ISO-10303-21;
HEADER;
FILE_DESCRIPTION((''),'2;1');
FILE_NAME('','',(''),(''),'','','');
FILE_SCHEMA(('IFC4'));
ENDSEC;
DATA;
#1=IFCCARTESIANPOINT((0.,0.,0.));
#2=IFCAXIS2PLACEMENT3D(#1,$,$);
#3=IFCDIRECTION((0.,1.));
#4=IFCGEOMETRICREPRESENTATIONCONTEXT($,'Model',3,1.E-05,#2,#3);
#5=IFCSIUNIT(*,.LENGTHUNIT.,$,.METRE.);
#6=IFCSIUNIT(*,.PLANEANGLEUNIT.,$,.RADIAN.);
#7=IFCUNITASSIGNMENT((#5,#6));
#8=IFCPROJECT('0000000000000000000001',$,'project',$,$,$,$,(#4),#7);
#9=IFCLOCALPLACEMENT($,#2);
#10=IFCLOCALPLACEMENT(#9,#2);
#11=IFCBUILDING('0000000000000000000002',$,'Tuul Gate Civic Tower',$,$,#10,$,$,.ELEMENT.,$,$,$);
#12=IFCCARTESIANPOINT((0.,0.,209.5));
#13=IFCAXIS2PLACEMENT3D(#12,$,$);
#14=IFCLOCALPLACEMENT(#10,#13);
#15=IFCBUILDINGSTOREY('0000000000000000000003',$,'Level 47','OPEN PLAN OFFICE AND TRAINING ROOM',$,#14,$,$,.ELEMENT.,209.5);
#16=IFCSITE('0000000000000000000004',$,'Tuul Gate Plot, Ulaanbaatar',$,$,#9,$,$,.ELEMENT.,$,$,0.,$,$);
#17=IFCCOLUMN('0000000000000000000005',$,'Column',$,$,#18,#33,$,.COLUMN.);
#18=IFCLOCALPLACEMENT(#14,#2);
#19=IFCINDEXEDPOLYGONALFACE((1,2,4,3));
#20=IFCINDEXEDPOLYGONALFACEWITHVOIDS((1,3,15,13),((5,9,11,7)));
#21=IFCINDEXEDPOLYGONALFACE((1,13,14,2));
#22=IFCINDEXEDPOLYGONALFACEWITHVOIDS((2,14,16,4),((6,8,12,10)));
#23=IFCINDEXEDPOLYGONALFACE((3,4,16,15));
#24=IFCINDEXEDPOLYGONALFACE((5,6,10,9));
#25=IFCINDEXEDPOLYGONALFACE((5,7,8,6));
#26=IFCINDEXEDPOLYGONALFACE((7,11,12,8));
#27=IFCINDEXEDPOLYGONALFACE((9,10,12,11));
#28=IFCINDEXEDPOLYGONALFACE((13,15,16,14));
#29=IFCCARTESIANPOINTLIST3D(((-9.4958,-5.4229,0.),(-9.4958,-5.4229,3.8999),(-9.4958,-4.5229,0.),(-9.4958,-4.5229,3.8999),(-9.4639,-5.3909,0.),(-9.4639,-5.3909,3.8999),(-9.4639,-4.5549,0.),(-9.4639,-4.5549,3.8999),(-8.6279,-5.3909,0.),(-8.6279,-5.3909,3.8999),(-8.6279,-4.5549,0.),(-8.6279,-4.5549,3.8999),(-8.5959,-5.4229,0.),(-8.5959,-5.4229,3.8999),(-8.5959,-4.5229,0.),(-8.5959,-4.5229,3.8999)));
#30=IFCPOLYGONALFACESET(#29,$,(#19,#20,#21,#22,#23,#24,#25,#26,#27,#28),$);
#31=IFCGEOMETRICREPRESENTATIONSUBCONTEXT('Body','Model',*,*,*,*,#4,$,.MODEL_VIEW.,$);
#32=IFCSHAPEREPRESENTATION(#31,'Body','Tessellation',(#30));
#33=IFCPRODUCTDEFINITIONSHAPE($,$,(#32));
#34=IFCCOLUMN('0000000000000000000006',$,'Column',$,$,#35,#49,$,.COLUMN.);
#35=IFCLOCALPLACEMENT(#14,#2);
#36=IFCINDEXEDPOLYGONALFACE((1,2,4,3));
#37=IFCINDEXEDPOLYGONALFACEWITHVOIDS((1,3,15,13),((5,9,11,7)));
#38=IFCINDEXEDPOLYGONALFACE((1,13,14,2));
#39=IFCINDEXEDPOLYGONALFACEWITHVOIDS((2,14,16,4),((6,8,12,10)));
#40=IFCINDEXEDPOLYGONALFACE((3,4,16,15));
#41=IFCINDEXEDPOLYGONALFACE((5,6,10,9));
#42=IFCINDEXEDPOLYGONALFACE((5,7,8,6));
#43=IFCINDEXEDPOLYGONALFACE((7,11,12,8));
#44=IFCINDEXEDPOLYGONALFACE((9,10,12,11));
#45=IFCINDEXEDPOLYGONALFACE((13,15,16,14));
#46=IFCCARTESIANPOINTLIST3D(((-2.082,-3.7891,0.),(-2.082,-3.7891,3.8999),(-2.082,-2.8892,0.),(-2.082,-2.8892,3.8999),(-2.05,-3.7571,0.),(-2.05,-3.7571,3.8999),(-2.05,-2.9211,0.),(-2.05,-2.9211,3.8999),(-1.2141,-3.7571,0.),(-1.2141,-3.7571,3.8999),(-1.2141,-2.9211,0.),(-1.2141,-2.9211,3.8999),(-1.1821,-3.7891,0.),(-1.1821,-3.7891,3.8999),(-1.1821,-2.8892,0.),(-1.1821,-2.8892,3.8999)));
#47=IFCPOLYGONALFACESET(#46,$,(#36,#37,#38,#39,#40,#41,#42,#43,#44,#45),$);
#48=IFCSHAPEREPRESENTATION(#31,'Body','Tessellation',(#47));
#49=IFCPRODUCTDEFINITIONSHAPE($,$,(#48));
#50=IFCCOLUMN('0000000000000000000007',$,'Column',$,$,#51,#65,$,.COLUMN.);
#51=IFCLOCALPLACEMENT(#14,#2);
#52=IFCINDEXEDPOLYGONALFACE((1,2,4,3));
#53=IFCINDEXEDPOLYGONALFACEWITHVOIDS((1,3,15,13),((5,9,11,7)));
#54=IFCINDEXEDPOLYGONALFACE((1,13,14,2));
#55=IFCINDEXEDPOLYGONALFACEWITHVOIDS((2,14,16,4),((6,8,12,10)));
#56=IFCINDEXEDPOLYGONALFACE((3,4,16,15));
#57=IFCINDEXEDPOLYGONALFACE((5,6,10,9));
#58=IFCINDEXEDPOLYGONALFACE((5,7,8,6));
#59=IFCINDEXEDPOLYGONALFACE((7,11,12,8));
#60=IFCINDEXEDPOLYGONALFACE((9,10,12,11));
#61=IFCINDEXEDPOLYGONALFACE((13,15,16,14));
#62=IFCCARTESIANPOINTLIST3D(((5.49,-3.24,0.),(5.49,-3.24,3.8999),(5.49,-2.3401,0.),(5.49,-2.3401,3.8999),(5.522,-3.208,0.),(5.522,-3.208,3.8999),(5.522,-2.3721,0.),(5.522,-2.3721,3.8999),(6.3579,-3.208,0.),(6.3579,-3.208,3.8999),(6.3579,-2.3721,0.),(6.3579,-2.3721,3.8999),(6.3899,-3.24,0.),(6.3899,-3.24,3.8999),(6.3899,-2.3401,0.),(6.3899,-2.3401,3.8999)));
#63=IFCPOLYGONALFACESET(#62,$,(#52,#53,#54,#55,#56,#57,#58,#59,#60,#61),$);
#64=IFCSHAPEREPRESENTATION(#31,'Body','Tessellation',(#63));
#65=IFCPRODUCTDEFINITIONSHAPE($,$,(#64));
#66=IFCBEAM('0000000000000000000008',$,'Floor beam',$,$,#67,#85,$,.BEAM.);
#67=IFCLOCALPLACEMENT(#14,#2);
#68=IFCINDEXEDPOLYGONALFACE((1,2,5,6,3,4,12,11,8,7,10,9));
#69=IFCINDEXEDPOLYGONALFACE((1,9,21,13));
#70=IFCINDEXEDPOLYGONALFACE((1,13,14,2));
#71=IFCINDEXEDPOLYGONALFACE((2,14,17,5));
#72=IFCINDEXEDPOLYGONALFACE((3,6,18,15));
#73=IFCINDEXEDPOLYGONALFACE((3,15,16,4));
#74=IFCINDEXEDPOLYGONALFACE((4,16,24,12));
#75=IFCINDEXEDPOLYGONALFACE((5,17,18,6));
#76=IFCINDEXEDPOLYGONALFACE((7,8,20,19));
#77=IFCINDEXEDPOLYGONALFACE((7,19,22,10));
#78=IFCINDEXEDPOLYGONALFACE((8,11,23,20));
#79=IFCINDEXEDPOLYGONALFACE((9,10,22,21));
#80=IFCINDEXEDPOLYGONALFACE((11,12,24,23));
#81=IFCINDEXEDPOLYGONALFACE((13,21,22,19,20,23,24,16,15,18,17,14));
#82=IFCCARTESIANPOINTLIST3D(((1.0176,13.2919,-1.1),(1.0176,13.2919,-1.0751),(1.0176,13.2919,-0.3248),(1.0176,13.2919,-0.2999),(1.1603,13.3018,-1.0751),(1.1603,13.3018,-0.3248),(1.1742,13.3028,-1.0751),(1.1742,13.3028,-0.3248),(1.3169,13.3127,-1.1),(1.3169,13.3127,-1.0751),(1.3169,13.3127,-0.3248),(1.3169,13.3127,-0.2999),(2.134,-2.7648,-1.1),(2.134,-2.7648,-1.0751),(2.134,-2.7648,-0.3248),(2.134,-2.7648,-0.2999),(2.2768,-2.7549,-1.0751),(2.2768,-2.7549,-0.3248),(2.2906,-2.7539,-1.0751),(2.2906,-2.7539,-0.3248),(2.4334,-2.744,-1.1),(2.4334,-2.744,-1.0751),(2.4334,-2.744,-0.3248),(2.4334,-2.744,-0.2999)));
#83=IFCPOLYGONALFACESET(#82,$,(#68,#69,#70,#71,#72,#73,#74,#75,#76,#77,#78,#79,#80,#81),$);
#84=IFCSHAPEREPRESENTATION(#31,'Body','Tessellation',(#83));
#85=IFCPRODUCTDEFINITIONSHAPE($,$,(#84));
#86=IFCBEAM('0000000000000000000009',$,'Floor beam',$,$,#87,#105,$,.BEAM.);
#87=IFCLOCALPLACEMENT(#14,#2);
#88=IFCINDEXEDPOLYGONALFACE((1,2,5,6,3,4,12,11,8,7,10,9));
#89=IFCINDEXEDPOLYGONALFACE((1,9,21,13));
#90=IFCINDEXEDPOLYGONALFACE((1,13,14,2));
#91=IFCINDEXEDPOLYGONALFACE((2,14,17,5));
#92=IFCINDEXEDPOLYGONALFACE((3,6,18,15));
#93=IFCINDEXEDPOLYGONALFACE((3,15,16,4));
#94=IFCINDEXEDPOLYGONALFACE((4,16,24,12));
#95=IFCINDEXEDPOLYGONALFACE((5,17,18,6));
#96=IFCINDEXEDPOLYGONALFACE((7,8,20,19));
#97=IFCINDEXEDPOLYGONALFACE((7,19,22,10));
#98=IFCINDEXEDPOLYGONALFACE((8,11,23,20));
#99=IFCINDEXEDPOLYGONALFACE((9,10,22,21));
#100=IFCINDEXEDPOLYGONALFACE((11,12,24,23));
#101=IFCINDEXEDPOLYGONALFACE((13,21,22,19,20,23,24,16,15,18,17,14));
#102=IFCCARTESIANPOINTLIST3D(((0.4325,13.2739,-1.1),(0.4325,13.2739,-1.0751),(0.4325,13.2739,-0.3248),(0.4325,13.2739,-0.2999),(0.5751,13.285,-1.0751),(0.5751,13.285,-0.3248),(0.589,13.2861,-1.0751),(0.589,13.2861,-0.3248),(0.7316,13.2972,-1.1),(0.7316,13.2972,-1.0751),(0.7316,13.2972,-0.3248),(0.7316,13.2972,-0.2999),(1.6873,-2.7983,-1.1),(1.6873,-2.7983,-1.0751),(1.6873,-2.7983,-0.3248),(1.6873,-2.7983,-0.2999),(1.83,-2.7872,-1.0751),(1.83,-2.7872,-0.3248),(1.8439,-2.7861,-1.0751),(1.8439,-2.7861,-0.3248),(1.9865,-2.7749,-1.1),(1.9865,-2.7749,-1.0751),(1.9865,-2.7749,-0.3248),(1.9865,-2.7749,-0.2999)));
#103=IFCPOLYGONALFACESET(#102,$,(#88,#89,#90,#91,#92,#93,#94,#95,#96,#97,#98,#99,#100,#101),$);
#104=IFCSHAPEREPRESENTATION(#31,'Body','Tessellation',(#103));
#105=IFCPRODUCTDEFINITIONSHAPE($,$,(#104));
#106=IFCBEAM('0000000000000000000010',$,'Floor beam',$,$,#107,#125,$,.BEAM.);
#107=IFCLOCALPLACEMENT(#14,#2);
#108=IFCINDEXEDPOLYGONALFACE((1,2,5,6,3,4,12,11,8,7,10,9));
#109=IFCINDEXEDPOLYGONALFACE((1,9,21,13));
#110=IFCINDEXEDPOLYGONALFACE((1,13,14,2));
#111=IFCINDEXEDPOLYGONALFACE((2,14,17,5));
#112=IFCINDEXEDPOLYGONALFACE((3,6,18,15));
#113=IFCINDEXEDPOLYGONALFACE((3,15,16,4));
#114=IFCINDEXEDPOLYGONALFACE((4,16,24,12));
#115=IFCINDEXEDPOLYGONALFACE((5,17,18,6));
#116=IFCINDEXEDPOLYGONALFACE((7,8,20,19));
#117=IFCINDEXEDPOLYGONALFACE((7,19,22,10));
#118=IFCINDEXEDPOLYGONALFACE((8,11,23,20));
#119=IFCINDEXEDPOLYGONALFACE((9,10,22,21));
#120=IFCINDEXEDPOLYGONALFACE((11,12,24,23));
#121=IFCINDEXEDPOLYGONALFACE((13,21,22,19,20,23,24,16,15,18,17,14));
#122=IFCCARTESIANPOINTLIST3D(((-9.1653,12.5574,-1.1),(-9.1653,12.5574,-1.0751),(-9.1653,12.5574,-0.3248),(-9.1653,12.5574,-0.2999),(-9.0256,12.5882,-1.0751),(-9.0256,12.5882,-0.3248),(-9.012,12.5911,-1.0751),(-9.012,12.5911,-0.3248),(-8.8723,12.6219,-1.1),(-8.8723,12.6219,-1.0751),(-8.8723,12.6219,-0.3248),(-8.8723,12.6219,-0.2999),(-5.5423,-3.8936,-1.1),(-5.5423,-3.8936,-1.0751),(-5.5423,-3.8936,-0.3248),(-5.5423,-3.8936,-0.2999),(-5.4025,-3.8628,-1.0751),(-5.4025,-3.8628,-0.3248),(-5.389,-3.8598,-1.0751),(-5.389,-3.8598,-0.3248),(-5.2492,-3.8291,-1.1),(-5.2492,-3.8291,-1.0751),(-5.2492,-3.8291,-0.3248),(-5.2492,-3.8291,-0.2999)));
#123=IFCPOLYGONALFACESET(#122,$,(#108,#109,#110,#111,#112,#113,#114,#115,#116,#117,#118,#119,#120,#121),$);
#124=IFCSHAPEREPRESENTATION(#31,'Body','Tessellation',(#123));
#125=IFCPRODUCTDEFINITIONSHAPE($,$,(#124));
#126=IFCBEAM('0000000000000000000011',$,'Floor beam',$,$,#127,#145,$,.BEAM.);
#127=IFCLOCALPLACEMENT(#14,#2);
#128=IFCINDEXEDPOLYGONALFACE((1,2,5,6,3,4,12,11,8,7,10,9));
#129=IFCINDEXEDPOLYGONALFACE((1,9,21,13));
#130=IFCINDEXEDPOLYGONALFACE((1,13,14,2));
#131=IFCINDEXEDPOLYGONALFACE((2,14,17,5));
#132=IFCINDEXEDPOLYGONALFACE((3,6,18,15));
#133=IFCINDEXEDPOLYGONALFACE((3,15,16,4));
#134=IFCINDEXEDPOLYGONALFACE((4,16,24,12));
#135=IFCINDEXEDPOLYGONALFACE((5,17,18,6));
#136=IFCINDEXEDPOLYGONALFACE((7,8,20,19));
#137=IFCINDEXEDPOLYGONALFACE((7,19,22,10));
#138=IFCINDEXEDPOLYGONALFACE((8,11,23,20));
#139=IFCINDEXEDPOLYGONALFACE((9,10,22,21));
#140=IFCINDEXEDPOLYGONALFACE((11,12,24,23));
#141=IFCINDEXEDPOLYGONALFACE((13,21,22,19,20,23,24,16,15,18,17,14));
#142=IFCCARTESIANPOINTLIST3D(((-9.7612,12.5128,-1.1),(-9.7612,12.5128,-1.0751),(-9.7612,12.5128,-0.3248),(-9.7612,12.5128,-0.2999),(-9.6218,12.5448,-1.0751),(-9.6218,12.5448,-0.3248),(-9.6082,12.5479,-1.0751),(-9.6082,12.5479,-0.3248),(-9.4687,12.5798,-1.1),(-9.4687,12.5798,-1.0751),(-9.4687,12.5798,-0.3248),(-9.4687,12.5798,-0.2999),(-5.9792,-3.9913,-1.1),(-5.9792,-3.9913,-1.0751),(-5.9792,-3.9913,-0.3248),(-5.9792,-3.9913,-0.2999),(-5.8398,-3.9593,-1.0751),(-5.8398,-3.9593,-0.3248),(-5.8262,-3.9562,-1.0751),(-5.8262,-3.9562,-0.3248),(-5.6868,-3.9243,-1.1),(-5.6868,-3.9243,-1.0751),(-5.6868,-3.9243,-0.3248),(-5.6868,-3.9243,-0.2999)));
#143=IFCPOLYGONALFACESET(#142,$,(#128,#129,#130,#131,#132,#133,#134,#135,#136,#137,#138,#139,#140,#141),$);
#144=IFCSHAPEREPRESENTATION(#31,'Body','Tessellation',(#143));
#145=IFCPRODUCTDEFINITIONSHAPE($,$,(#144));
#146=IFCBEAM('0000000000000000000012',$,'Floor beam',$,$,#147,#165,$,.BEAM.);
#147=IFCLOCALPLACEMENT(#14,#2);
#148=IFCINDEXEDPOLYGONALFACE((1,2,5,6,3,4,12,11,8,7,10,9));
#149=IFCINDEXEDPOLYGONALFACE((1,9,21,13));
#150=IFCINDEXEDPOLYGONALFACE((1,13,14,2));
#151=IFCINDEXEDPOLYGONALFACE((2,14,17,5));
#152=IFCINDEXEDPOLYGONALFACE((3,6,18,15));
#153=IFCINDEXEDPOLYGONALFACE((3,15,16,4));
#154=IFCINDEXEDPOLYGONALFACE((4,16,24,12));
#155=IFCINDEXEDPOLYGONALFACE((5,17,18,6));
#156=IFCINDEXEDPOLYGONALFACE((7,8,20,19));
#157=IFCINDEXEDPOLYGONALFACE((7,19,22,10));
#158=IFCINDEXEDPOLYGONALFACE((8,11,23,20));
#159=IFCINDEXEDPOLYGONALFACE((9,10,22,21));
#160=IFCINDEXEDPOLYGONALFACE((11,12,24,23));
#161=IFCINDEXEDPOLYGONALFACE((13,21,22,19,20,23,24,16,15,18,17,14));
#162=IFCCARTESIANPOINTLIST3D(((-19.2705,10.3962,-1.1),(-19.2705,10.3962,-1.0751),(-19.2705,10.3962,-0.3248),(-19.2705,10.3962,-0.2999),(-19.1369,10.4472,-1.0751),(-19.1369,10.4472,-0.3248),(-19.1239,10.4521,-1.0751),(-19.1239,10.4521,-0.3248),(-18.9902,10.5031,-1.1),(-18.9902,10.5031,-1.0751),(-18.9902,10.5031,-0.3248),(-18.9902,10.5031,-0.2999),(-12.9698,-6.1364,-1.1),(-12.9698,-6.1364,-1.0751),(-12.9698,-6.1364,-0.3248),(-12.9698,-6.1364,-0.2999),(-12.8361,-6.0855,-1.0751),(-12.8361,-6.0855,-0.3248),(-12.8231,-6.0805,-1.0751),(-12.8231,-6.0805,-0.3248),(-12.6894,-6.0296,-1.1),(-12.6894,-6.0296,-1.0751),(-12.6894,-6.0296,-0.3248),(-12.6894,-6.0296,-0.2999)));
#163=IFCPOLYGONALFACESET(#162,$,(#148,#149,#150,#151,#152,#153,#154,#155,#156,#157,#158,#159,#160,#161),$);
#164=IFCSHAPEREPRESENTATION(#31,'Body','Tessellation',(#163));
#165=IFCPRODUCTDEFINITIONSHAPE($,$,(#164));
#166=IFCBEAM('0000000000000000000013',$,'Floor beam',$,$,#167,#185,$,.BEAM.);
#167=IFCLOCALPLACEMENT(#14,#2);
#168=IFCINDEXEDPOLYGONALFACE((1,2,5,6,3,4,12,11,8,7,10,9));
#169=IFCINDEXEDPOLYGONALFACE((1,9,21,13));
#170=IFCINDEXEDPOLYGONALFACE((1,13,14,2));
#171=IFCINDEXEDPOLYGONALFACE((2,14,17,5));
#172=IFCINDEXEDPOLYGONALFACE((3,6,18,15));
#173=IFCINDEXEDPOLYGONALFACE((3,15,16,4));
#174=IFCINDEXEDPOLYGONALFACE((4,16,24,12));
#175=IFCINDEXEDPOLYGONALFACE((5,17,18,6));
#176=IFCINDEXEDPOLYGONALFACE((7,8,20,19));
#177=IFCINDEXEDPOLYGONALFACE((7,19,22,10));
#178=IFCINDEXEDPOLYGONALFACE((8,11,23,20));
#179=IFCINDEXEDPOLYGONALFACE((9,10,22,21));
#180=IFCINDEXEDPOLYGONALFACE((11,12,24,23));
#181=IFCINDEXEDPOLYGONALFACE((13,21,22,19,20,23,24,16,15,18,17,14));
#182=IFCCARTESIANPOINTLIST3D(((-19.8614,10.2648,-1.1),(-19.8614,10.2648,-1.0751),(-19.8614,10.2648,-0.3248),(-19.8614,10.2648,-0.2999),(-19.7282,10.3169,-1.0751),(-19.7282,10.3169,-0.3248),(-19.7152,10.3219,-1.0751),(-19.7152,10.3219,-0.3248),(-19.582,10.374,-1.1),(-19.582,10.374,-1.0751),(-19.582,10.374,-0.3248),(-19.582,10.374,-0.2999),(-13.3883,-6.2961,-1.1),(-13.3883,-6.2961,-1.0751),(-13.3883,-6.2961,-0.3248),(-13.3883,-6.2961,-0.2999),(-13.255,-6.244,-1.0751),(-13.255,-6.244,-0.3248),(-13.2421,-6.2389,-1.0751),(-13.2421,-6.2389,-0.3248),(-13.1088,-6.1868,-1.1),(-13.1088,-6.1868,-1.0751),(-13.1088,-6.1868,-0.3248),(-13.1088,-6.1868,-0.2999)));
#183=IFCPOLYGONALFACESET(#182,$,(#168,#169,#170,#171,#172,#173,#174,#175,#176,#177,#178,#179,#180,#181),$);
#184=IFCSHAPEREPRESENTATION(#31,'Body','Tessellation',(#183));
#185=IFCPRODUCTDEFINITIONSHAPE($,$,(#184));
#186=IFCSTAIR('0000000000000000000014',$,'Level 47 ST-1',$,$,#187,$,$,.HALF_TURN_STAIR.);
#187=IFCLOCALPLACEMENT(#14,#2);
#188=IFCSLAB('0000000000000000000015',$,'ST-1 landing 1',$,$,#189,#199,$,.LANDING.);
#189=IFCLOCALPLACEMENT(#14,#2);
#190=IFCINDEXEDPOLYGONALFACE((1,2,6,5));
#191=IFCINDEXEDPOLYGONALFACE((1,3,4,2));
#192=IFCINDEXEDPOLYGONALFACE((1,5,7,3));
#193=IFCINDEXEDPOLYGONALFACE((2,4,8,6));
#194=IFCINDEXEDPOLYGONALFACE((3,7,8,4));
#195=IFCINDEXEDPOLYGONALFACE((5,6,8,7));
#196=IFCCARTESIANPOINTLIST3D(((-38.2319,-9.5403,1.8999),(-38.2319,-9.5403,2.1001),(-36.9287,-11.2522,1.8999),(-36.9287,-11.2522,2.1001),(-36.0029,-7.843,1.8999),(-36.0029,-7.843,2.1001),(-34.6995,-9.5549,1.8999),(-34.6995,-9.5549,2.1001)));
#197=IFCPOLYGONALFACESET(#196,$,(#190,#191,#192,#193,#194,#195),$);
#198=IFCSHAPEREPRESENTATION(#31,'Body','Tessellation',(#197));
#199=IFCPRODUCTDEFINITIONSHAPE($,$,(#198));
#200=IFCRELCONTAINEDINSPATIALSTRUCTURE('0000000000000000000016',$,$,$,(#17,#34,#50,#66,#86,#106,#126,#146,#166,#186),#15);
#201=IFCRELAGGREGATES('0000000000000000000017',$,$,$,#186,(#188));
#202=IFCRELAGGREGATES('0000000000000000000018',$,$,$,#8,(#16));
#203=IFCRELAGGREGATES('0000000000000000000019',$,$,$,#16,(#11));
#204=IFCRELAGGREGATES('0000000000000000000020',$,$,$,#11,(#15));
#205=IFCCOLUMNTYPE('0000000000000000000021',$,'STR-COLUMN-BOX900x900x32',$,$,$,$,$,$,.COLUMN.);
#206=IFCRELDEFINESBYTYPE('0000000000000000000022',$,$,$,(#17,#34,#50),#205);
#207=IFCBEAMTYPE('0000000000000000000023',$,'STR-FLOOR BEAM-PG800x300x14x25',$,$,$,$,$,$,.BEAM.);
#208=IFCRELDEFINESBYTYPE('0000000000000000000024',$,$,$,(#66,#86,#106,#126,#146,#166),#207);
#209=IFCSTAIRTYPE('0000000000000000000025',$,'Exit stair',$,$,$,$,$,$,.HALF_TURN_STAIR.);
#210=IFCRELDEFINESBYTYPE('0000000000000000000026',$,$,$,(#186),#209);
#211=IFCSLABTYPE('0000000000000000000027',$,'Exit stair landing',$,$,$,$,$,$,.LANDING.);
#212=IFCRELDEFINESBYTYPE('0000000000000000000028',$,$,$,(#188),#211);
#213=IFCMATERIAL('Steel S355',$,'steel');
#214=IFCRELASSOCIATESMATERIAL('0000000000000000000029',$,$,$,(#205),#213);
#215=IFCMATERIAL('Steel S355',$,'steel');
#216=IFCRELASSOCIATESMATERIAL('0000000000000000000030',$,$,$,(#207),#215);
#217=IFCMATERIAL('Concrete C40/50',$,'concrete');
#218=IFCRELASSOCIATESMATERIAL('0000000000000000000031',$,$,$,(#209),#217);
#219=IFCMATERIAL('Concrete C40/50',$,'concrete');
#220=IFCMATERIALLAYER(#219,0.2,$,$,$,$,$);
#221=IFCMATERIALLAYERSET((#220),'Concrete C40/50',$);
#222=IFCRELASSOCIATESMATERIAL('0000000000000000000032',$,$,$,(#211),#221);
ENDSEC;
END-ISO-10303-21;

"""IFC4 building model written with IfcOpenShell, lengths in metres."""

from ifc_helpers import new_model, si_unit, direction, frame, origin, origin_2d, place, context, subcontext, project, spatial, polyline, hollow_rectangle, i_section, outline, extrude, material, layer, layer_set, material_profile, profile_set, type_object, element, aggregate, save


model = new_model("IFC4")

# Units and contexts
model_context = context("Model", 3, precision=1e-05, world=origin(), true_north=direction((0.0, 1.0)))
body_context = subcontext(model_context, "Body", "Model", "MODEL_VIEW")
ifc_project = project(units=[si_unit("LENGTHUNIT", "METRE"), si_unit("PLANEANGLEUNIT", "RADIAN")], contexts=[model_context])

# Site, building, storey
site_placement = place(None, origin())
site = spatial("IfcSite", under=ifc_project, at=site_placement, Name="Tuul Gate Plot, Ulaanbaatar", CompositionType="ELEMENT", RefElevation=0.0)
building_placement = place(site_placement, origin())
building = spatial("IfcBuilding", under=site, at=building_placement, Name="Tuul Gate Civic Tower", CompositionType="ELEMENT")
storey_placement = place(building_placement, frame((0.0, 0.0, 209.5)))
storey = spatial("IfcBuildingStorey", under=building, at=storey_placement, Name="Level 47", Description="OPEN PLAN OFFICE AND TRAINING ROOM", CompositionType="ELEMENT", Elevation=209.5)

# Columns
ifc_material_1 = material(Name="Steel S355", Category="steel")
ifc_material_profile_1 = material_profile(ifc_material_1, hollow_rectangle(XDim=0.8999, YDim=0.8999, WallThickness=0.032, at=origin_2d()), Name="BOX900x900x32")
ifc_profile_set_1 = profile_set([ifc_material_profile_1], Name="Steel S355")
column_type = type_object("IfcColumnType", Name="STR-COLUMN-BOX900x900x32", PredefinedType="COLUMN", material=ifc_profile_set_1)
for number, where, z_axis, x_axis, name in (
    (1, (-9.0459, -4.9729, 0.0), (0.0, 0.0, 1.0), (1.0, 0.0, 0.0), "Column"),
    (2, (-1.6321, -3.3391, 0.0), (0.0, 0.0, 1.0), (1.0, 0.0, 0.0), "Column"),
    (3, (5.9399, -2.79, 0.0), (0.0, 0.0, 1.0), (1.0, 0.0, 0.0), "Column"),
):
    element("IfcColumn", number, at=place(storey_placement, frame(where, z_axis=z_axis, x_axis=x_axis)), inside=storey, type_object=column_type, Name=name, PredefinedType="COLUMN", context=body_context, shape_type="SweptSolid", body=[
        extrude(hollow_rectangle(XDim=0.8999, YDim=0.8999, WallThickness=0.032, at=origin_2d()), origin(), (0.0, 0.0, 1.0), 3.8999),
    ])

# Beams
ifc_material_2 = material(Name="Steel S355", Category="steel")
ifc_material_profile_2 = material_profile(ifc_material_2, i_section(OverallWidth=0.3, OverallDepth=0.8, WebThickness=0.0139, FlangeThickness=0.0249, at=origin_2d()), Name="PG800x300x14x25")
ifc_profile_set_2 = profile_set([ifc_material_profile_2], Name="Steel S355")
beam_type = type_object("IfcBeamType", Name="STR-FLOOR BEAM-PG800x300x14x25", PredefinedType="BEAM", material=ifc_profile_set_2)
beam_1_placement = place(storey_placement, frame((2.2837, -2.7544, -0.7), z_axis=(-0.069365, 0.997591, 0.0), x_axis=(-0.997591, -0.069365, 0.0)))
element("IfcBeam", 4, at=beam_1_placement, inside=storey, type_object=beam_type, Name="Floor beam", PredefinedType="BEAM", context=body_context, shape_type="SweptSolid", body=[
    extrude(i_section(OverallWidth=0.3, OverallDepth=0.8, WebThickness=0.0139, FlangeThickness=0.0249, at=origin_2d()), origin(), (0.0, 0.0, 1.0), 16.0955),
])
beam_2_placement = place(storey_placement, frame((1.8369, -2.7866, -0.7), z_axis=(-0.077841, 0.996966, 0.0), x_axis=(-0.996966, -0.077841, 0.0)))
element("IfcBeam", 5, at=beam_2_placement, inside=storey, type_object=beam_type, Name="Floor beam", PredefinedType="BEAM", context=body_context, shape_type="SweptSolid", body=[
    extrude(i_section(OverallWidth=0.3, OverallDepth=0.8, WebThickness=0.0139, FlangeThickness=0.0249, at=origin_2d()), origin(), (0.0, 0.0, 1.0), 16.1211),
])
beam_3_placement = place(storey_placement, frame((-5.3958, -3.8613, -0.7), z_axis=(-0.215079, 0.976597, 0.0), x_axis=(-0.976597, -0.215079, 0.0)))
element("IfcBeam", 6, at=beam_3_placement, inside=storey, type_object=beam_type, Name="Floor beam", PredefinedType="BEAM", context=body_context, shape_type="SweptSolid", body=[
    extrude(i_section(OverallWidth=0.3, OverallDepth=0.8, WebThickness=0.0139, FlangeThickness=0.0249, at=origin_2d()), origin(), (0.0, 0.0, 1.0), 16.8452),
])
beam_4_placement = place(storey_placement, frame((-5.833, -3.9578, -0.7), z_axis=(-0.223364, 0.974735, 0.0), x_axis=(-0.974735, -0.223364, 0.0)))
element("IfcBeam", 7, at=beam_4_placement, inside=storey, type_object=beam_type, Name="Floor beam", PredefinedType="BEAM", context=body_context, shape_type="SweptSolid", body=[
    extrude(i_section(OverallWidth=0.3, OverallDepth=0.8, WebThickness=0.0139, FlangeThickness=0.0249, at=origin_2d()), origin(), (0.0, 0.0, 1.0), 16.9319),
])
beam_5_placement = place(storey_placement, frame((-12.8296, -6.083, -0.7), z_axis=(-0.356124, 0.934439, 0.0), x_axis=(-0.934439, -0.356124, 0.0)))
element("IfcBeam", 8, at=beam_5_placement, inside=storey, type_object=beam_type, Name="Floor beam", PredefinedType="BEAM", context=body_context, shape_type="SweptSolid", body=[
    extrude(i_section(OverallWidth=0.3, OverallDepth=0.8, WebThickness=0.0139, FlangeThickness=0.0249, at=origin_2d()), origin(), (0.0, 0.0, 1.0), 17.6926),
])
beam_6_placement = place(storey_placement, frame((-13.2485, -6.2415, -0.7), z_axis=(-0.36405, 0.931379, 0.0), x_axis=(-0.931379, -0.36405, 0.0)))
element("IfcBeam", 9, at=beam_6_placement, inside=storey, type_object=beam_type, Name="Floor beam", PredefinedType="BEAM", context=body_context, shape_type="SweptSolid", body=[
    extrude(i_section(OverallWidth=0.3, OverallDepth=0.8, WebThickness=0.0139, FlangeThickness=0.0249, at=origin_2d()), origin(), (0.0, 0.0, 1.0), 17.781),
])

# Stair, slab
ifc_material_3 = material(Name="Concrete C40/50", Category="concrete")
stair_type = type_object("IfcStairType", Name="Exit stair", PredefinedType="HALF_TURN_STAIR", material=ifc_material_3)
stair_1_placement = place(storey_placement, origin())
stair_1 = element("IfcStair", 10, at=stair_1_placement, inside=storey, type_object=stair_type, Name="Level 47 ST-1", PredefinedType="HALF_TURN_STAIR")
ifc_material_4 = material(Name="Concrete C40/50", Category="concrete")
ifc_layer_1 = layer(ifc_material_4, 0.2)
ifc_layer_set_1 = layer_set([ifc_layer_1], Name="Concrete C40/50")
slab_type = type_object("IfcSlabType", Name="Exit stair landing", PredefinedType="LANDING", material=ifc_layer_set_1)
slab_1_placement = place(storey_placement, frame((0.0, 0.0, 1.8999)))
slab_1 = element("IfcSlab", 11, at=slab_1_placement, type_object=slab_type, Name="ST-1 landing 1", PredefinedType="LANDING", context=body_context, shape_type="SweptSolid", body=[
    extrude(outline(polyline([(-34.6995, -9.5549), (-36.9287, -11.2522), (-38.2319, -9.5403), (-36.0029, -7.843), (-34.6995, -9.5549)])), origin(), (0.0, 0.0, 1.0), 0.2002),
])
aggregate(stair_1, [slab_1])

save(model, "model.ifc")
